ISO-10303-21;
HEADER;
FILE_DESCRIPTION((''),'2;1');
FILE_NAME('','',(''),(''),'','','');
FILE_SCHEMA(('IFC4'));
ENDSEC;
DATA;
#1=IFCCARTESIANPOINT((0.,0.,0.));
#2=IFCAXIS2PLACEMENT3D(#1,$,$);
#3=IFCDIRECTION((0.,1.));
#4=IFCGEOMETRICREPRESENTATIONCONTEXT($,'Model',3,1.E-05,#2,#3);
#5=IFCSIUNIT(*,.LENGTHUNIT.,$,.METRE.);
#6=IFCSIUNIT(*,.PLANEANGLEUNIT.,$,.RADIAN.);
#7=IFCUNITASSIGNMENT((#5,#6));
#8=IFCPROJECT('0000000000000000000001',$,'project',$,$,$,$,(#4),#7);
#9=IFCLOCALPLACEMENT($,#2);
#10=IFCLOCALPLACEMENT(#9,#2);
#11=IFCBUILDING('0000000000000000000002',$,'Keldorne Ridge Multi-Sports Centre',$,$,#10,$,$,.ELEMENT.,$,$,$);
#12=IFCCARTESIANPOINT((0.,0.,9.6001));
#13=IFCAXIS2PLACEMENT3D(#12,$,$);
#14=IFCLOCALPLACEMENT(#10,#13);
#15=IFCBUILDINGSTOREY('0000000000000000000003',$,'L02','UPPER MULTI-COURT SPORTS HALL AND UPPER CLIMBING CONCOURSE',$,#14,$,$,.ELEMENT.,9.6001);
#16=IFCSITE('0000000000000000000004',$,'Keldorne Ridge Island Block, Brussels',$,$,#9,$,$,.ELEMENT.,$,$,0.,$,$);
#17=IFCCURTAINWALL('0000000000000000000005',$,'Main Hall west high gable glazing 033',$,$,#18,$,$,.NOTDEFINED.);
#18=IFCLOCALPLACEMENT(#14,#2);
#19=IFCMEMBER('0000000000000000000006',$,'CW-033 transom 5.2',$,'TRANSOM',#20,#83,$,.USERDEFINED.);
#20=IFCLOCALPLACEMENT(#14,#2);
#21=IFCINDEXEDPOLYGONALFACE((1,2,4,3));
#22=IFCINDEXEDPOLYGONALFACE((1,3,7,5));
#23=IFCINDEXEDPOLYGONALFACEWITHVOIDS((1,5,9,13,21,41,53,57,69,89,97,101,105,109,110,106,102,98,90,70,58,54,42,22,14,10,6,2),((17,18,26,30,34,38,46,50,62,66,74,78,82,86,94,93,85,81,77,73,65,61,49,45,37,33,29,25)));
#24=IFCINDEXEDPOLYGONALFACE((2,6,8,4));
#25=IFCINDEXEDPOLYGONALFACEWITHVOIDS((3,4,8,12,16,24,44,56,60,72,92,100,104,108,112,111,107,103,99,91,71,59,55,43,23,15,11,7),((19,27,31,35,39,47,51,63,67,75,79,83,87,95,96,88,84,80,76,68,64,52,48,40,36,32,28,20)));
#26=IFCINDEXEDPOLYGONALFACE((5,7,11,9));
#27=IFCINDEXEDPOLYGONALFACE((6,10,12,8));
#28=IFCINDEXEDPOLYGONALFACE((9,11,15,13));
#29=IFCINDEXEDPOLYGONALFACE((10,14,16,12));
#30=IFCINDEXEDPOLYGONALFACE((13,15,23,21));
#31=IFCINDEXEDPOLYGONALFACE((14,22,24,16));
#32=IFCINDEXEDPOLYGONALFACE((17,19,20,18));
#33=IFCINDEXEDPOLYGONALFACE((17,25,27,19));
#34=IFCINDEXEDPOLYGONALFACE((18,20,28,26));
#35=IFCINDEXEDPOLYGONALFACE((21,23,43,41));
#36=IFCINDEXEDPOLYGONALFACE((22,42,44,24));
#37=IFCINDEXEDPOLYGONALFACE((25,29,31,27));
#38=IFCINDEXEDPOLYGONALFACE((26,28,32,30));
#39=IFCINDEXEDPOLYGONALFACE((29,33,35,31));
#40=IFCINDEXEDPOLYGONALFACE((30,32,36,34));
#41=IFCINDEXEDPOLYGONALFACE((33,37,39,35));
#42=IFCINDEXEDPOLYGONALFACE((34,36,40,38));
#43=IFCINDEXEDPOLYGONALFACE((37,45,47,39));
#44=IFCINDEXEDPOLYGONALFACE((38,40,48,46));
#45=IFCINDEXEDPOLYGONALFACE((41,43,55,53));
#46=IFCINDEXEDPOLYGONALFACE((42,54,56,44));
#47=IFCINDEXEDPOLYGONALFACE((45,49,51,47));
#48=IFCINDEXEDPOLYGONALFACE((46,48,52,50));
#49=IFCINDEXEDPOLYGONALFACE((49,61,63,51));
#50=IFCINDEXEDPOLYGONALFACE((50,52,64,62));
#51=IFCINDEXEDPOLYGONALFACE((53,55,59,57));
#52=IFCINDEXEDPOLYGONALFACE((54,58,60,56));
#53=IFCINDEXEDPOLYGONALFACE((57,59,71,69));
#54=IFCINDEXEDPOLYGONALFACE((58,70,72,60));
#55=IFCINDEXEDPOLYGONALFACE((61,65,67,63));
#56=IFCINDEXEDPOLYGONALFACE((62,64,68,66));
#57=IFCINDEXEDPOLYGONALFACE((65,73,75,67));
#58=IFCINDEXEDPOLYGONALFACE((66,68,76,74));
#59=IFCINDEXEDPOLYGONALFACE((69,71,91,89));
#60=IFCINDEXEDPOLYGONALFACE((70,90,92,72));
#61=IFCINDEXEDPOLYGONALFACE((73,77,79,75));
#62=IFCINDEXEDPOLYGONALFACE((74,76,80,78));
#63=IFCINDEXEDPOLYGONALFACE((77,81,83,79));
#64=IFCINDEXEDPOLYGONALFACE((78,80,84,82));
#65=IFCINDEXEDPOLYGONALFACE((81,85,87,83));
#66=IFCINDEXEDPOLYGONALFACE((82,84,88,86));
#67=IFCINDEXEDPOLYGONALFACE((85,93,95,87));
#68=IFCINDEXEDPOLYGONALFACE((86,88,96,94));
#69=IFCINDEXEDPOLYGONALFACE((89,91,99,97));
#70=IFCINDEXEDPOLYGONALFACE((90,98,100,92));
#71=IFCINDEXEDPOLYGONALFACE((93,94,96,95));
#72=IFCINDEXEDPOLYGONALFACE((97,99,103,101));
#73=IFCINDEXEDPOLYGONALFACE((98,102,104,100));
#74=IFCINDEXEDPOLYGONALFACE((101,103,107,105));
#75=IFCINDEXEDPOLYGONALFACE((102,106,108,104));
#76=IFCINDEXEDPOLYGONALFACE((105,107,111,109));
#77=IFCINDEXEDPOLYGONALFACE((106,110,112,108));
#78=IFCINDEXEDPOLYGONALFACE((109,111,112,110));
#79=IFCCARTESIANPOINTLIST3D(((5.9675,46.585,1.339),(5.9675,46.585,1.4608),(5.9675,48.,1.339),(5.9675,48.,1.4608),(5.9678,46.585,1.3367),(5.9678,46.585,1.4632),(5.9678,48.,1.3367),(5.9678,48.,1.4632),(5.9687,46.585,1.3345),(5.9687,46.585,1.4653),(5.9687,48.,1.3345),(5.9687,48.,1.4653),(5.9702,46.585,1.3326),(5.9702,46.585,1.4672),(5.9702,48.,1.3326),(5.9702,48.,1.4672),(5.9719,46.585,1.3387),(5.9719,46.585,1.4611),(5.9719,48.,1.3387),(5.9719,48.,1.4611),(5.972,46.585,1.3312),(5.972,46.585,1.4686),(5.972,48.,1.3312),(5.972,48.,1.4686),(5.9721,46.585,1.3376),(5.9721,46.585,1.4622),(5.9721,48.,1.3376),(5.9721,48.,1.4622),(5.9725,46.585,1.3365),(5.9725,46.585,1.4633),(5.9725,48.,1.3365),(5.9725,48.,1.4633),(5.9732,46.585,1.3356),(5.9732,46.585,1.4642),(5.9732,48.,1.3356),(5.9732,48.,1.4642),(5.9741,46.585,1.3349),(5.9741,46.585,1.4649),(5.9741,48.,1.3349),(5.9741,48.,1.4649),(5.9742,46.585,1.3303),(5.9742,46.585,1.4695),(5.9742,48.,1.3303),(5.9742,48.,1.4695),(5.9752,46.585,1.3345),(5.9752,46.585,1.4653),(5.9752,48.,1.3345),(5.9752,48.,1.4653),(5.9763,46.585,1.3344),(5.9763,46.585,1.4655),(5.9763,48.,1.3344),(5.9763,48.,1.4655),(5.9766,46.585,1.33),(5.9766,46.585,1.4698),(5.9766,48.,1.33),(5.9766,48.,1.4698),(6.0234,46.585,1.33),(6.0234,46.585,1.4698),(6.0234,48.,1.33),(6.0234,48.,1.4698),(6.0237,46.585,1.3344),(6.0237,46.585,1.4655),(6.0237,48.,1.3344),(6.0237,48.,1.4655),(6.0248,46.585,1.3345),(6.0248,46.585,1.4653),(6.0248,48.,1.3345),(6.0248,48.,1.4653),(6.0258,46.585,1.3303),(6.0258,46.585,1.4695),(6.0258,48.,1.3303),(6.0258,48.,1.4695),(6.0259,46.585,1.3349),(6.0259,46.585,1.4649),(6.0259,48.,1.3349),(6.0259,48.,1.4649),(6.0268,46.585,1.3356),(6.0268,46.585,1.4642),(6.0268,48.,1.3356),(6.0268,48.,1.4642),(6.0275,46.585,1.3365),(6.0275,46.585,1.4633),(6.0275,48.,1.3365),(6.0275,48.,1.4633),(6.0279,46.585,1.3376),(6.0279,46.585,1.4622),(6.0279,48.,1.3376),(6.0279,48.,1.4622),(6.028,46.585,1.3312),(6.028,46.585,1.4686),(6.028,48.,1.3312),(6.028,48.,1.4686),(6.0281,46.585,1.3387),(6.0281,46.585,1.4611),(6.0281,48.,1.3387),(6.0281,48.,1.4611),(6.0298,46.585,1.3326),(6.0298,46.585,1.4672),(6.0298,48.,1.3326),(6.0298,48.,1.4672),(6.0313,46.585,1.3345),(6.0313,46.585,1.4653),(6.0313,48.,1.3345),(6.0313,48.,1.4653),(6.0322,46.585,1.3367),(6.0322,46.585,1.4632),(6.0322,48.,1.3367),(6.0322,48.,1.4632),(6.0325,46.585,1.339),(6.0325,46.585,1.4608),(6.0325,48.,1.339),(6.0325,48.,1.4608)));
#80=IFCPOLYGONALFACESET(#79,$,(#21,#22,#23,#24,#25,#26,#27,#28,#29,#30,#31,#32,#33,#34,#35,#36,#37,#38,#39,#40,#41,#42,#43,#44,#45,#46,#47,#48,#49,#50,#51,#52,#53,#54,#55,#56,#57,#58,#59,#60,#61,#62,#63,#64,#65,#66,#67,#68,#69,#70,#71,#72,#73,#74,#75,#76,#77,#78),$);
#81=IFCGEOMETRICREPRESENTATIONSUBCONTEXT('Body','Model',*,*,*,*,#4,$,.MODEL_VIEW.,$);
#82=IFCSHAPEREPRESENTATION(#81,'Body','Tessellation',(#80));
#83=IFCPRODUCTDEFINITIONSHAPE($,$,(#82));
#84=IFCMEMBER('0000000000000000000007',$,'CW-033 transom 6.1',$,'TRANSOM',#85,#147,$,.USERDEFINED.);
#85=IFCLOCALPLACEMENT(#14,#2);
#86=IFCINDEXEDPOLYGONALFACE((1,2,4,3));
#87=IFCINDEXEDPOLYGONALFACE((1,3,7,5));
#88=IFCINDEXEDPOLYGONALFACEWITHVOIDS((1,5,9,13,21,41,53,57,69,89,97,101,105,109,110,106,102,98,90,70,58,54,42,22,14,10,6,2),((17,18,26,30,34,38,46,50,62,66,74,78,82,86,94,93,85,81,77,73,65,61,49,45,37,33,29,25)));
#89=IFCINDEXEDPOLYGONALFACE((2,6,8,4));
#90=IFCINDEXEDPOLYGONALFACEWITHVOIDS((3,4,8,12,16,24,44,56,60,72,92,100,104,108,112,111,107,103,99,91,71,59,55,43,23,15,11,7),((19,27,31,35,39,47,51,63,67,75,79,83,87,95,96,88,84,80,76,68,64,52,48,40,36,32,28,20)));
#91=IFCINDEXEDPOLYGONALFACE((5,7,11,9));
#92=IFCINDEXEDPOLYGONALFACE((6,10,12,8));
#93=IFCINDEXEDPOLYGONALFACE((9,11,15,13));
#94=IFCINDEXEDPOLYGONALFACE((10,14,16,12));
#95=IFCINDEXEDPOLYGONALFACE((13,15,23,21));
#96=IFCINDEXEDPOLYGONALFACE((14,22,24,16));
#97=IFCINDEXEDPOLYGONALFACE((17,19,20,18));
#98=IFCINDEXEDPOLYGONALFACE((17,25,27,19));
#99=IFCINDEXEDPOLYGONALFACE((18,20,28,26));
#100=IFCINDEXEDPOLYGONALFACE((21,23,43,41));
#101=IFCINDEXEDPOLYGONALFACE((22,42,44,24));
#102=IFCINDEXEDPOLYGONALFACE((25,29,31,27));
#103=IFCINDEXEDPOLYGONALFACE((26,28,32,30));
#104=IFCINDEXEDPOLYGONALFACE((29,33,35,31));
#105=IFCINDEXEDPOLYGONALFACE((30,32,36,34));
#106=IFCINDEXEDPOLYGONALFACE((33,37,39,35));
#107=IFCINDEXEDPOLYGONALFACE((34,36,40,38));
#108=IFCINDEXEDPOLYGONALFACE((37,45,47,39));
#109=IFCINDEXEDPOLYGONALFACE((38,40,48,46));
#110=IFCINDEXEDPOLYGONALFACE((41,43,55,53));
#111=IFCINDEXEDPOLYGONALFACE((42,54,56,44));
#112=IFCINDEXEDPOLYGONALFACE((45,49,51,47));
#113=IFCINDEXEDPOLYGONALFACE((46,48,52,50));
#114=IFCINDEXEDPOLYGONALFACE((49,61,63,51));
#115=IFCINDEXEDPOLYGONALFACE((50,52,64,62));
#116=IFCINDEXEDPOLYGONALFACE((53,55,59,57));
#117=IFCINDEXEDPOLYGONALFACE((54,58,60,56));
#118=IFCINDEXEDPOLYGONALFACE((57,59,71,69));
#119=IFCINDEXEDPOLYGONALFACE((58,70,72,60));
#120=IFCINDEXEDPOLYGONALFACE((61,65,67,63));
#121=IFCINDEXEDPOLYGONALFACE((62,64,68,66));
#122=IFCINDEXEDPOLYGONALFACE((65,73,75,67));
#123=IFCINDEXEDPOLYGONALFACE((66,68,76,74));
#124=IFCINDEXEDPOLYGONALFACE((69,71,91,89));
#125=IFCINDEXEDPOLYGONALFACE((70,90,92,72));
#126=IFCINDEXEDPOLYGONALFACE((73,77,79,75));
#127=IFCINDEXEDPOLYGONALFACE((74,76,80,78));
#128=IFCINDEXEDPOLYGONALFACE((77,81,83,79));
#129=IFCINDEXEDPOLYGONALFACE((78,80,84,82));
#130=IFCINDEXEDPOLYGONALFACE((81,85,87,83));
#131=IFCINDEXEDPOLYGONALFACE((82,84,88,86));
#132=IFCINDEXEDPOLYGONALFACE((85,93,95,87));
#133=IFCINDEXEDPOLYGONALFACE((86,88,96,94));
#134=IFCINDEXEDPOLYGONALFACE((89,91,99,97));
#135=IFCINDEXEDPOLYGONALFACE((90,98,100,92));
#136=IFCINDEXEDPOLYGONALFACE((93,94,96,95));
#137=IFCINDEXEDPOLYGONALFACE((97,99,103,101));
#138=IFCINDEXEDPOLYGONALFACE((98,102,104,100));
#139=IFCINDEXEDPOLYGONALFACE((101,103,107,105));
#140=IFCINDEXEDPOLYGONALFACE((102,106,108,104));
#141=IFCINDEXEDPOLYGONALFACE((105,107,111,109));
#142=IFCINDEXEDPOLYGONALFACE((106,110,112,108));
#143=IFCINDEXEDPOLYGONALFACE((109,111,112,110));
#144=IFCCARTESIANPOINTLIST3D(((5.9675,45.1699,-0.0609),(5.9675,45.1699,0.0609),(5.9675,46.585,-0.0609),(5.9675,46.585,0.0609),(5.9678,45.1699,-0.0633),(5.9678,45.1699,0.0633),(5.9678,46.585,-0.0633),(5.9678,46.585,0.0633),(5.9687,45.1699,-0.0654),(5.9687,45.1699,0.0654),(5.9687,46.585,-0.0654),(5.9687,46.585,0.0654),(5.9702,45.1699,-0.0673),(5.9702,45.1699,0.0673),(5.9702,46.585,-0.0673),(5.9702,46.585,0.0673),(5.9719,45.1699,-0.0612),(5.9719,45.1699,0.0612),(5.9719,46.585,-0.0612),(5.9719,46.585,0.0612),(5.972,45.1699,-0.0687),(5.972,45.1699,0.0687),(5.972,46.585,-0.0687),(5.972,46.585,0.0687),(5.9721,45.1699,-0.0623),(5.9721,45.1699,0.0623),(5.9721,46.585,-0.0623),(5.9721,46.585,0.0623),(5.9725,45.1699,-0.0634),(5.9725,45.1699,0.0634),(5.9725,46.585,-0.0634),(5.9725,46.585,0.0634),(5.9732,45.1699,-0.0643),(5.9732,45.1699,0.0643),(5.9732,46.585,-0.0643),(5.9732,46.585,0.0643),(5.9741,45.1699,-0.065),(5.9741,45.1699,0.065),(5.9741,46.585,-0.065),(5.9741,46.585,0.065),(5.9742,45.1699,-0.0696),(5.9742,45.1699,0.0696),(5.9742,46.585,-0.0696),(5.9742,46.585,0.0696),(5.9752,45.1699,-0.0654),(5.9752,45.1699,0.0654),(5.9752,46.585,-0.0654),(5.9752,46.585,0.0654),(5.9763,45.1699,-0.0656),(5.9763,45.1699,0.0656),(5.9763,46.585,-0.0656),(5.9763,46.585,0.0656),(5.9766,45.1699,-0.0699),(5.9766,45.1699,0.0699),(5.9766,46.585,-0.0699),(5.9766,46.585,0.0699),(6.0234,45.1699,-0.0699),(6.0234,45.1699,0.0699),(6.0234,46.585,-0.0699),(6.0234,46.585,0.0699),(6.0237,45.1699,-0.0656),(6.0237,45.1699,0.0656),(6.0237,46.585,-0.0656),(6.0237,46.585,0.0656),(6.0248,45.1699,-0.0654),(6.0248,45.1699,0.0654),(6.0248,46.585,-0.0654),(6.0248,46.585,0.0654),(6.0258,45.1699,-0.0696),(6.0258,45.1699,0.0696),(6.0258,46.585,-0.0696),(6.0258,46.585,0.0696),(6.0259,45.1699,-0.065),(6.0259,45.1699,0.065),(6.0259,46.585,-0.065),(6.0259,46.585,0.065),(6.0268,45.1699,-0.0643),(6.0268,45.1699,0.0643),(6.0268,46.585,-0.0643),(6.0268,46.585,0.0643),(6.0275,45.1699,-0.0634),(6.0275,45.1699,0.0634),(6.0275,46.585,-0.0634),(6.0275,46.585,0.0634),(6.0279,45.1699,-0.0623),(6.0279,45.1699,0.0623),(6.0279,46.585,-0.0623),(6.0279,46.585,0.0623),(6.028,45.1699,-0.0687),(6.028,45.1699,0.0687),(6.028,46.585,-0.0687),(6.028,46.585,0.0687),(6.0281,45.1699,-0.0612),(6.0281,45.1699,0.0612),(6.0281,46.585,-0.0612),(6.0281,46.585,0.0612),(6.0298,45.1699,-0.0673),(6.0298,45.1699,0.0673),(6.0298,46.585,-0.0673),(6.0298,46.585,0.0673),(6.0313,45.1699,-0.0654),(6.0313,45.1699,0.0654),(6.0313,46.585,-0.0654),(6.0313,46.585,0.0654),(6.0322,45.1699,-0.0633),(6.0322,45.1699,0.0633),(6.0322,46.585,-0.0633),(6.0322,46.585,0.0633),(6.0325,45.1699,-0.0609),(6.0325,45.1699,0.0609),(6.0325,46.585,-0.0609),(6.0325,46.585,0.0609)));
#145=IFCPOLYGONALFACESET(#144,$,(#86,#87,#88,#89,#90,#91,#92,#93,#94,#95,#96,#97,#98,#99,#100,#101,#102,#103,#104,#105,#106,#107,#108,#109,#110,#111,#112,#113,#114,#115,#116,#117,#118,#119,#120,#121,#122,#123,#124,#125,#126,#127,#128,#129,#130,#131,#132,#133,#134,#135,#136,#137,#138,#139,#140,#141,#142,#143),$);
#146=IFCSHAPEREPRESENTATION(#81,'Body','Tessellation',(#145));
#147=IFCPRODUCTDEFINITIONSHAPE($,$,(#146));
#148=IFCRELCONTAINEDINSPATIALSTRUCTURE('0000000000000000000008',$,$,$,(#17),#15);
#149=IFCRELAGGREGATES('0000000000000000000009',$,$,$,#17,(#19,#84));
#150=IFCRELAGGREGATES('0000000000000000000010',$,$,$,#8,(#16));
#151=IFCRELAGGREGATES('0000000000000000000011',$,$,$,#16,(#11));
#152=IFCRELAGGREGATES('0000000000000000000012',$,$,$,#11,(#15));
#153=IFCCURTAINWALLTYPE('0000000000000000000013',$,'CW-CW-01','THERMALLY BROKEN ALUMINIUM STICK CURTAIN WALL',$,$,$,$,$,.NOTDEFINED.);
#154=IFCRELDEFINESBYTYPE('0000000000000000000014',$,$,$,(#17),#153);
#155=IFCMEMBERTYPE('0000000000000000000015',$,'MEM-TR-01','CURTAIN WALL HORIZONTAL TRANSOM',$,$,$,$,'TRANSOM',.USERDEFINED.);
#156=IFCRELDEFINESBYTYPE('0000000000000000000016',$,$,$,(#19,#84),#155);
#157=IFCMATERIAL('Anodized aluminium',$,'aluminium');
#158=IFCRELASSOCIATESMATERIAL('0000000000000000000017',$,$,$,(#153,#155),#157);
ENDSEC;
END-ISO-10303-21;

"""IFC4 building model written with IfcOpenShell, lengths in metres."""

from ifc_helpers import new_model, si_unit, direction, frame, origin, origin_2d, place, context, subcontext, project, spatial, hollow_rectangle, extrude, material, material_profile, profile_set, type_object, element, aggregate, save


model = new_model("IFC4")

# Units and contexts
model_context = context("Model", 3, precision=1e-05, world=origin(), true_north=direction((0.0, 1.0)))
body_context = subcontext(model_context, "Body", "Model", "MODEL_VIEW")
ifc_project = project(units=[si_unit("LENGTHUNIT", "METRE"), si_unit("PLANEANGLEUNIT", "RADIAN")], contexts=[model_context])

# Site, building, storey
site_placement = place(None, origin())
site = spatial("IfcSite", under=ifc_project, at=site_placement, Name="Keldorne Ridge Island Block, Brussels", CompositionType="ELEMENT", RefElevation=0.0)
building_placement = place(site_placement, origin())
building = spatial("IfcBuilding", under=site, at=building_placement, Name="Keldorne Ridge Multi-Sports Centre", CompositionType="ELEMENT")
storey_placement = place(building_placement, frame((0.0, 0.0, 9.6001)))
storey = spatial("IfcBuildingStorey", under=building, at=storey_placement, Name="L02", Description="UPPER MULTI-COURT SPORTS HALL AND UPPER CLIMBING CONCOURSE", CompositionType="ELEMENT", Elevation=9.6001)

# Curtain wall, members
ifc_material_1 = material(Name="Anodized aluminium", Category="aluminium")
curtain_wall_type = type_object("IfcCurtainWallType", Name="CW-CW-01", Description="THERMALLY BROKEN ALUMINIUM STICK CURTAIN WALL", PredefinedType="NOTDEFINED", material=ifc_material_1)
curtain_wall_placement = place(storey_placement, origin())
curtain_wall = element("IfcCurtainWall", 1, at=curtain_wall_placement, inside=storey, type_object=curtain_wall_type, Name="Main Hall west high gable glazing 033", PredefinedType="NOTDEFINED")
ifc_material_profile_1 = material_profile(ifc_material_1, hollow_rectangle(XDim=0.0649, YDim=0.1399, WallThickness=0.0044, InnerFilletRadius=0.0044, OuterFilletRadius=0.009, at=origin_2d()), Name="ALU TRANSOM 140x65x4.5")
ifc_profile_set_1 = profile_set([ifc_material_profile_1], Name="Anodized aluminium")
member_type_1 = type_object("IfcMemberType", Name="MEM-TR-01", Description="CURTAIN WALL HORIZONTAL TRANSOM", ElementType="TRANSOM", PredefinedType="USERDEFINED", material=ifc_profile_set_1)
member_1_placement = place(storey_placement, frame((6.0, 48.0, 1.3999), z_axis=(0.0, -1.0, 0.0), x_axis=(1.0, 0.0, 0.0)))
member_1 = element("IfcMember", 2, at=member_1_placement, type_object=member_type_1, Name="CW-033 transom 5.2", ObjectType="TRANSOM", PredefinedType="USERDEFINED", context=body_context, shape_type="SweptSolid", body=[
    extrude(hollow_rectangle(XDim=0.0649, YDim=0.1399, WallThickness=0.0044, InnerFilletRadius=0.0044, OuterFilletRadius=0.009, at=origin_2d()), origin(), (0.0, 0.0, 1.0), 1.415),
])
member_2_placement = place(storey_placement, frame((6.0, 46.585, 0.0), z_axis=(0.0, -1.0, 0.0), x_axis=(1.0, 0.0, 0.0)))
member_2 = element("IfcMember", 3, at=member_2_placement, type_object=member_type_1, Name="CW-033 transom 6.1", ObjectType="TRANSOM", PredefinedType="USERDEFINED", context=body_context, shape_type="SweptSolid", body=[
    extrude(hollow_rectangle(XDim=0.0649, YDim=0.1399, WallThickness=0.0044, InnerFilletRadius=0.0044, OuterFilletRadius=0.009, at=origin_2d()), origin(), (0.0, 0.0, 1.0), 1.415),
])
aggregate(curtain_wall, [member_1, member_2])

save(model, "model.ifc")
